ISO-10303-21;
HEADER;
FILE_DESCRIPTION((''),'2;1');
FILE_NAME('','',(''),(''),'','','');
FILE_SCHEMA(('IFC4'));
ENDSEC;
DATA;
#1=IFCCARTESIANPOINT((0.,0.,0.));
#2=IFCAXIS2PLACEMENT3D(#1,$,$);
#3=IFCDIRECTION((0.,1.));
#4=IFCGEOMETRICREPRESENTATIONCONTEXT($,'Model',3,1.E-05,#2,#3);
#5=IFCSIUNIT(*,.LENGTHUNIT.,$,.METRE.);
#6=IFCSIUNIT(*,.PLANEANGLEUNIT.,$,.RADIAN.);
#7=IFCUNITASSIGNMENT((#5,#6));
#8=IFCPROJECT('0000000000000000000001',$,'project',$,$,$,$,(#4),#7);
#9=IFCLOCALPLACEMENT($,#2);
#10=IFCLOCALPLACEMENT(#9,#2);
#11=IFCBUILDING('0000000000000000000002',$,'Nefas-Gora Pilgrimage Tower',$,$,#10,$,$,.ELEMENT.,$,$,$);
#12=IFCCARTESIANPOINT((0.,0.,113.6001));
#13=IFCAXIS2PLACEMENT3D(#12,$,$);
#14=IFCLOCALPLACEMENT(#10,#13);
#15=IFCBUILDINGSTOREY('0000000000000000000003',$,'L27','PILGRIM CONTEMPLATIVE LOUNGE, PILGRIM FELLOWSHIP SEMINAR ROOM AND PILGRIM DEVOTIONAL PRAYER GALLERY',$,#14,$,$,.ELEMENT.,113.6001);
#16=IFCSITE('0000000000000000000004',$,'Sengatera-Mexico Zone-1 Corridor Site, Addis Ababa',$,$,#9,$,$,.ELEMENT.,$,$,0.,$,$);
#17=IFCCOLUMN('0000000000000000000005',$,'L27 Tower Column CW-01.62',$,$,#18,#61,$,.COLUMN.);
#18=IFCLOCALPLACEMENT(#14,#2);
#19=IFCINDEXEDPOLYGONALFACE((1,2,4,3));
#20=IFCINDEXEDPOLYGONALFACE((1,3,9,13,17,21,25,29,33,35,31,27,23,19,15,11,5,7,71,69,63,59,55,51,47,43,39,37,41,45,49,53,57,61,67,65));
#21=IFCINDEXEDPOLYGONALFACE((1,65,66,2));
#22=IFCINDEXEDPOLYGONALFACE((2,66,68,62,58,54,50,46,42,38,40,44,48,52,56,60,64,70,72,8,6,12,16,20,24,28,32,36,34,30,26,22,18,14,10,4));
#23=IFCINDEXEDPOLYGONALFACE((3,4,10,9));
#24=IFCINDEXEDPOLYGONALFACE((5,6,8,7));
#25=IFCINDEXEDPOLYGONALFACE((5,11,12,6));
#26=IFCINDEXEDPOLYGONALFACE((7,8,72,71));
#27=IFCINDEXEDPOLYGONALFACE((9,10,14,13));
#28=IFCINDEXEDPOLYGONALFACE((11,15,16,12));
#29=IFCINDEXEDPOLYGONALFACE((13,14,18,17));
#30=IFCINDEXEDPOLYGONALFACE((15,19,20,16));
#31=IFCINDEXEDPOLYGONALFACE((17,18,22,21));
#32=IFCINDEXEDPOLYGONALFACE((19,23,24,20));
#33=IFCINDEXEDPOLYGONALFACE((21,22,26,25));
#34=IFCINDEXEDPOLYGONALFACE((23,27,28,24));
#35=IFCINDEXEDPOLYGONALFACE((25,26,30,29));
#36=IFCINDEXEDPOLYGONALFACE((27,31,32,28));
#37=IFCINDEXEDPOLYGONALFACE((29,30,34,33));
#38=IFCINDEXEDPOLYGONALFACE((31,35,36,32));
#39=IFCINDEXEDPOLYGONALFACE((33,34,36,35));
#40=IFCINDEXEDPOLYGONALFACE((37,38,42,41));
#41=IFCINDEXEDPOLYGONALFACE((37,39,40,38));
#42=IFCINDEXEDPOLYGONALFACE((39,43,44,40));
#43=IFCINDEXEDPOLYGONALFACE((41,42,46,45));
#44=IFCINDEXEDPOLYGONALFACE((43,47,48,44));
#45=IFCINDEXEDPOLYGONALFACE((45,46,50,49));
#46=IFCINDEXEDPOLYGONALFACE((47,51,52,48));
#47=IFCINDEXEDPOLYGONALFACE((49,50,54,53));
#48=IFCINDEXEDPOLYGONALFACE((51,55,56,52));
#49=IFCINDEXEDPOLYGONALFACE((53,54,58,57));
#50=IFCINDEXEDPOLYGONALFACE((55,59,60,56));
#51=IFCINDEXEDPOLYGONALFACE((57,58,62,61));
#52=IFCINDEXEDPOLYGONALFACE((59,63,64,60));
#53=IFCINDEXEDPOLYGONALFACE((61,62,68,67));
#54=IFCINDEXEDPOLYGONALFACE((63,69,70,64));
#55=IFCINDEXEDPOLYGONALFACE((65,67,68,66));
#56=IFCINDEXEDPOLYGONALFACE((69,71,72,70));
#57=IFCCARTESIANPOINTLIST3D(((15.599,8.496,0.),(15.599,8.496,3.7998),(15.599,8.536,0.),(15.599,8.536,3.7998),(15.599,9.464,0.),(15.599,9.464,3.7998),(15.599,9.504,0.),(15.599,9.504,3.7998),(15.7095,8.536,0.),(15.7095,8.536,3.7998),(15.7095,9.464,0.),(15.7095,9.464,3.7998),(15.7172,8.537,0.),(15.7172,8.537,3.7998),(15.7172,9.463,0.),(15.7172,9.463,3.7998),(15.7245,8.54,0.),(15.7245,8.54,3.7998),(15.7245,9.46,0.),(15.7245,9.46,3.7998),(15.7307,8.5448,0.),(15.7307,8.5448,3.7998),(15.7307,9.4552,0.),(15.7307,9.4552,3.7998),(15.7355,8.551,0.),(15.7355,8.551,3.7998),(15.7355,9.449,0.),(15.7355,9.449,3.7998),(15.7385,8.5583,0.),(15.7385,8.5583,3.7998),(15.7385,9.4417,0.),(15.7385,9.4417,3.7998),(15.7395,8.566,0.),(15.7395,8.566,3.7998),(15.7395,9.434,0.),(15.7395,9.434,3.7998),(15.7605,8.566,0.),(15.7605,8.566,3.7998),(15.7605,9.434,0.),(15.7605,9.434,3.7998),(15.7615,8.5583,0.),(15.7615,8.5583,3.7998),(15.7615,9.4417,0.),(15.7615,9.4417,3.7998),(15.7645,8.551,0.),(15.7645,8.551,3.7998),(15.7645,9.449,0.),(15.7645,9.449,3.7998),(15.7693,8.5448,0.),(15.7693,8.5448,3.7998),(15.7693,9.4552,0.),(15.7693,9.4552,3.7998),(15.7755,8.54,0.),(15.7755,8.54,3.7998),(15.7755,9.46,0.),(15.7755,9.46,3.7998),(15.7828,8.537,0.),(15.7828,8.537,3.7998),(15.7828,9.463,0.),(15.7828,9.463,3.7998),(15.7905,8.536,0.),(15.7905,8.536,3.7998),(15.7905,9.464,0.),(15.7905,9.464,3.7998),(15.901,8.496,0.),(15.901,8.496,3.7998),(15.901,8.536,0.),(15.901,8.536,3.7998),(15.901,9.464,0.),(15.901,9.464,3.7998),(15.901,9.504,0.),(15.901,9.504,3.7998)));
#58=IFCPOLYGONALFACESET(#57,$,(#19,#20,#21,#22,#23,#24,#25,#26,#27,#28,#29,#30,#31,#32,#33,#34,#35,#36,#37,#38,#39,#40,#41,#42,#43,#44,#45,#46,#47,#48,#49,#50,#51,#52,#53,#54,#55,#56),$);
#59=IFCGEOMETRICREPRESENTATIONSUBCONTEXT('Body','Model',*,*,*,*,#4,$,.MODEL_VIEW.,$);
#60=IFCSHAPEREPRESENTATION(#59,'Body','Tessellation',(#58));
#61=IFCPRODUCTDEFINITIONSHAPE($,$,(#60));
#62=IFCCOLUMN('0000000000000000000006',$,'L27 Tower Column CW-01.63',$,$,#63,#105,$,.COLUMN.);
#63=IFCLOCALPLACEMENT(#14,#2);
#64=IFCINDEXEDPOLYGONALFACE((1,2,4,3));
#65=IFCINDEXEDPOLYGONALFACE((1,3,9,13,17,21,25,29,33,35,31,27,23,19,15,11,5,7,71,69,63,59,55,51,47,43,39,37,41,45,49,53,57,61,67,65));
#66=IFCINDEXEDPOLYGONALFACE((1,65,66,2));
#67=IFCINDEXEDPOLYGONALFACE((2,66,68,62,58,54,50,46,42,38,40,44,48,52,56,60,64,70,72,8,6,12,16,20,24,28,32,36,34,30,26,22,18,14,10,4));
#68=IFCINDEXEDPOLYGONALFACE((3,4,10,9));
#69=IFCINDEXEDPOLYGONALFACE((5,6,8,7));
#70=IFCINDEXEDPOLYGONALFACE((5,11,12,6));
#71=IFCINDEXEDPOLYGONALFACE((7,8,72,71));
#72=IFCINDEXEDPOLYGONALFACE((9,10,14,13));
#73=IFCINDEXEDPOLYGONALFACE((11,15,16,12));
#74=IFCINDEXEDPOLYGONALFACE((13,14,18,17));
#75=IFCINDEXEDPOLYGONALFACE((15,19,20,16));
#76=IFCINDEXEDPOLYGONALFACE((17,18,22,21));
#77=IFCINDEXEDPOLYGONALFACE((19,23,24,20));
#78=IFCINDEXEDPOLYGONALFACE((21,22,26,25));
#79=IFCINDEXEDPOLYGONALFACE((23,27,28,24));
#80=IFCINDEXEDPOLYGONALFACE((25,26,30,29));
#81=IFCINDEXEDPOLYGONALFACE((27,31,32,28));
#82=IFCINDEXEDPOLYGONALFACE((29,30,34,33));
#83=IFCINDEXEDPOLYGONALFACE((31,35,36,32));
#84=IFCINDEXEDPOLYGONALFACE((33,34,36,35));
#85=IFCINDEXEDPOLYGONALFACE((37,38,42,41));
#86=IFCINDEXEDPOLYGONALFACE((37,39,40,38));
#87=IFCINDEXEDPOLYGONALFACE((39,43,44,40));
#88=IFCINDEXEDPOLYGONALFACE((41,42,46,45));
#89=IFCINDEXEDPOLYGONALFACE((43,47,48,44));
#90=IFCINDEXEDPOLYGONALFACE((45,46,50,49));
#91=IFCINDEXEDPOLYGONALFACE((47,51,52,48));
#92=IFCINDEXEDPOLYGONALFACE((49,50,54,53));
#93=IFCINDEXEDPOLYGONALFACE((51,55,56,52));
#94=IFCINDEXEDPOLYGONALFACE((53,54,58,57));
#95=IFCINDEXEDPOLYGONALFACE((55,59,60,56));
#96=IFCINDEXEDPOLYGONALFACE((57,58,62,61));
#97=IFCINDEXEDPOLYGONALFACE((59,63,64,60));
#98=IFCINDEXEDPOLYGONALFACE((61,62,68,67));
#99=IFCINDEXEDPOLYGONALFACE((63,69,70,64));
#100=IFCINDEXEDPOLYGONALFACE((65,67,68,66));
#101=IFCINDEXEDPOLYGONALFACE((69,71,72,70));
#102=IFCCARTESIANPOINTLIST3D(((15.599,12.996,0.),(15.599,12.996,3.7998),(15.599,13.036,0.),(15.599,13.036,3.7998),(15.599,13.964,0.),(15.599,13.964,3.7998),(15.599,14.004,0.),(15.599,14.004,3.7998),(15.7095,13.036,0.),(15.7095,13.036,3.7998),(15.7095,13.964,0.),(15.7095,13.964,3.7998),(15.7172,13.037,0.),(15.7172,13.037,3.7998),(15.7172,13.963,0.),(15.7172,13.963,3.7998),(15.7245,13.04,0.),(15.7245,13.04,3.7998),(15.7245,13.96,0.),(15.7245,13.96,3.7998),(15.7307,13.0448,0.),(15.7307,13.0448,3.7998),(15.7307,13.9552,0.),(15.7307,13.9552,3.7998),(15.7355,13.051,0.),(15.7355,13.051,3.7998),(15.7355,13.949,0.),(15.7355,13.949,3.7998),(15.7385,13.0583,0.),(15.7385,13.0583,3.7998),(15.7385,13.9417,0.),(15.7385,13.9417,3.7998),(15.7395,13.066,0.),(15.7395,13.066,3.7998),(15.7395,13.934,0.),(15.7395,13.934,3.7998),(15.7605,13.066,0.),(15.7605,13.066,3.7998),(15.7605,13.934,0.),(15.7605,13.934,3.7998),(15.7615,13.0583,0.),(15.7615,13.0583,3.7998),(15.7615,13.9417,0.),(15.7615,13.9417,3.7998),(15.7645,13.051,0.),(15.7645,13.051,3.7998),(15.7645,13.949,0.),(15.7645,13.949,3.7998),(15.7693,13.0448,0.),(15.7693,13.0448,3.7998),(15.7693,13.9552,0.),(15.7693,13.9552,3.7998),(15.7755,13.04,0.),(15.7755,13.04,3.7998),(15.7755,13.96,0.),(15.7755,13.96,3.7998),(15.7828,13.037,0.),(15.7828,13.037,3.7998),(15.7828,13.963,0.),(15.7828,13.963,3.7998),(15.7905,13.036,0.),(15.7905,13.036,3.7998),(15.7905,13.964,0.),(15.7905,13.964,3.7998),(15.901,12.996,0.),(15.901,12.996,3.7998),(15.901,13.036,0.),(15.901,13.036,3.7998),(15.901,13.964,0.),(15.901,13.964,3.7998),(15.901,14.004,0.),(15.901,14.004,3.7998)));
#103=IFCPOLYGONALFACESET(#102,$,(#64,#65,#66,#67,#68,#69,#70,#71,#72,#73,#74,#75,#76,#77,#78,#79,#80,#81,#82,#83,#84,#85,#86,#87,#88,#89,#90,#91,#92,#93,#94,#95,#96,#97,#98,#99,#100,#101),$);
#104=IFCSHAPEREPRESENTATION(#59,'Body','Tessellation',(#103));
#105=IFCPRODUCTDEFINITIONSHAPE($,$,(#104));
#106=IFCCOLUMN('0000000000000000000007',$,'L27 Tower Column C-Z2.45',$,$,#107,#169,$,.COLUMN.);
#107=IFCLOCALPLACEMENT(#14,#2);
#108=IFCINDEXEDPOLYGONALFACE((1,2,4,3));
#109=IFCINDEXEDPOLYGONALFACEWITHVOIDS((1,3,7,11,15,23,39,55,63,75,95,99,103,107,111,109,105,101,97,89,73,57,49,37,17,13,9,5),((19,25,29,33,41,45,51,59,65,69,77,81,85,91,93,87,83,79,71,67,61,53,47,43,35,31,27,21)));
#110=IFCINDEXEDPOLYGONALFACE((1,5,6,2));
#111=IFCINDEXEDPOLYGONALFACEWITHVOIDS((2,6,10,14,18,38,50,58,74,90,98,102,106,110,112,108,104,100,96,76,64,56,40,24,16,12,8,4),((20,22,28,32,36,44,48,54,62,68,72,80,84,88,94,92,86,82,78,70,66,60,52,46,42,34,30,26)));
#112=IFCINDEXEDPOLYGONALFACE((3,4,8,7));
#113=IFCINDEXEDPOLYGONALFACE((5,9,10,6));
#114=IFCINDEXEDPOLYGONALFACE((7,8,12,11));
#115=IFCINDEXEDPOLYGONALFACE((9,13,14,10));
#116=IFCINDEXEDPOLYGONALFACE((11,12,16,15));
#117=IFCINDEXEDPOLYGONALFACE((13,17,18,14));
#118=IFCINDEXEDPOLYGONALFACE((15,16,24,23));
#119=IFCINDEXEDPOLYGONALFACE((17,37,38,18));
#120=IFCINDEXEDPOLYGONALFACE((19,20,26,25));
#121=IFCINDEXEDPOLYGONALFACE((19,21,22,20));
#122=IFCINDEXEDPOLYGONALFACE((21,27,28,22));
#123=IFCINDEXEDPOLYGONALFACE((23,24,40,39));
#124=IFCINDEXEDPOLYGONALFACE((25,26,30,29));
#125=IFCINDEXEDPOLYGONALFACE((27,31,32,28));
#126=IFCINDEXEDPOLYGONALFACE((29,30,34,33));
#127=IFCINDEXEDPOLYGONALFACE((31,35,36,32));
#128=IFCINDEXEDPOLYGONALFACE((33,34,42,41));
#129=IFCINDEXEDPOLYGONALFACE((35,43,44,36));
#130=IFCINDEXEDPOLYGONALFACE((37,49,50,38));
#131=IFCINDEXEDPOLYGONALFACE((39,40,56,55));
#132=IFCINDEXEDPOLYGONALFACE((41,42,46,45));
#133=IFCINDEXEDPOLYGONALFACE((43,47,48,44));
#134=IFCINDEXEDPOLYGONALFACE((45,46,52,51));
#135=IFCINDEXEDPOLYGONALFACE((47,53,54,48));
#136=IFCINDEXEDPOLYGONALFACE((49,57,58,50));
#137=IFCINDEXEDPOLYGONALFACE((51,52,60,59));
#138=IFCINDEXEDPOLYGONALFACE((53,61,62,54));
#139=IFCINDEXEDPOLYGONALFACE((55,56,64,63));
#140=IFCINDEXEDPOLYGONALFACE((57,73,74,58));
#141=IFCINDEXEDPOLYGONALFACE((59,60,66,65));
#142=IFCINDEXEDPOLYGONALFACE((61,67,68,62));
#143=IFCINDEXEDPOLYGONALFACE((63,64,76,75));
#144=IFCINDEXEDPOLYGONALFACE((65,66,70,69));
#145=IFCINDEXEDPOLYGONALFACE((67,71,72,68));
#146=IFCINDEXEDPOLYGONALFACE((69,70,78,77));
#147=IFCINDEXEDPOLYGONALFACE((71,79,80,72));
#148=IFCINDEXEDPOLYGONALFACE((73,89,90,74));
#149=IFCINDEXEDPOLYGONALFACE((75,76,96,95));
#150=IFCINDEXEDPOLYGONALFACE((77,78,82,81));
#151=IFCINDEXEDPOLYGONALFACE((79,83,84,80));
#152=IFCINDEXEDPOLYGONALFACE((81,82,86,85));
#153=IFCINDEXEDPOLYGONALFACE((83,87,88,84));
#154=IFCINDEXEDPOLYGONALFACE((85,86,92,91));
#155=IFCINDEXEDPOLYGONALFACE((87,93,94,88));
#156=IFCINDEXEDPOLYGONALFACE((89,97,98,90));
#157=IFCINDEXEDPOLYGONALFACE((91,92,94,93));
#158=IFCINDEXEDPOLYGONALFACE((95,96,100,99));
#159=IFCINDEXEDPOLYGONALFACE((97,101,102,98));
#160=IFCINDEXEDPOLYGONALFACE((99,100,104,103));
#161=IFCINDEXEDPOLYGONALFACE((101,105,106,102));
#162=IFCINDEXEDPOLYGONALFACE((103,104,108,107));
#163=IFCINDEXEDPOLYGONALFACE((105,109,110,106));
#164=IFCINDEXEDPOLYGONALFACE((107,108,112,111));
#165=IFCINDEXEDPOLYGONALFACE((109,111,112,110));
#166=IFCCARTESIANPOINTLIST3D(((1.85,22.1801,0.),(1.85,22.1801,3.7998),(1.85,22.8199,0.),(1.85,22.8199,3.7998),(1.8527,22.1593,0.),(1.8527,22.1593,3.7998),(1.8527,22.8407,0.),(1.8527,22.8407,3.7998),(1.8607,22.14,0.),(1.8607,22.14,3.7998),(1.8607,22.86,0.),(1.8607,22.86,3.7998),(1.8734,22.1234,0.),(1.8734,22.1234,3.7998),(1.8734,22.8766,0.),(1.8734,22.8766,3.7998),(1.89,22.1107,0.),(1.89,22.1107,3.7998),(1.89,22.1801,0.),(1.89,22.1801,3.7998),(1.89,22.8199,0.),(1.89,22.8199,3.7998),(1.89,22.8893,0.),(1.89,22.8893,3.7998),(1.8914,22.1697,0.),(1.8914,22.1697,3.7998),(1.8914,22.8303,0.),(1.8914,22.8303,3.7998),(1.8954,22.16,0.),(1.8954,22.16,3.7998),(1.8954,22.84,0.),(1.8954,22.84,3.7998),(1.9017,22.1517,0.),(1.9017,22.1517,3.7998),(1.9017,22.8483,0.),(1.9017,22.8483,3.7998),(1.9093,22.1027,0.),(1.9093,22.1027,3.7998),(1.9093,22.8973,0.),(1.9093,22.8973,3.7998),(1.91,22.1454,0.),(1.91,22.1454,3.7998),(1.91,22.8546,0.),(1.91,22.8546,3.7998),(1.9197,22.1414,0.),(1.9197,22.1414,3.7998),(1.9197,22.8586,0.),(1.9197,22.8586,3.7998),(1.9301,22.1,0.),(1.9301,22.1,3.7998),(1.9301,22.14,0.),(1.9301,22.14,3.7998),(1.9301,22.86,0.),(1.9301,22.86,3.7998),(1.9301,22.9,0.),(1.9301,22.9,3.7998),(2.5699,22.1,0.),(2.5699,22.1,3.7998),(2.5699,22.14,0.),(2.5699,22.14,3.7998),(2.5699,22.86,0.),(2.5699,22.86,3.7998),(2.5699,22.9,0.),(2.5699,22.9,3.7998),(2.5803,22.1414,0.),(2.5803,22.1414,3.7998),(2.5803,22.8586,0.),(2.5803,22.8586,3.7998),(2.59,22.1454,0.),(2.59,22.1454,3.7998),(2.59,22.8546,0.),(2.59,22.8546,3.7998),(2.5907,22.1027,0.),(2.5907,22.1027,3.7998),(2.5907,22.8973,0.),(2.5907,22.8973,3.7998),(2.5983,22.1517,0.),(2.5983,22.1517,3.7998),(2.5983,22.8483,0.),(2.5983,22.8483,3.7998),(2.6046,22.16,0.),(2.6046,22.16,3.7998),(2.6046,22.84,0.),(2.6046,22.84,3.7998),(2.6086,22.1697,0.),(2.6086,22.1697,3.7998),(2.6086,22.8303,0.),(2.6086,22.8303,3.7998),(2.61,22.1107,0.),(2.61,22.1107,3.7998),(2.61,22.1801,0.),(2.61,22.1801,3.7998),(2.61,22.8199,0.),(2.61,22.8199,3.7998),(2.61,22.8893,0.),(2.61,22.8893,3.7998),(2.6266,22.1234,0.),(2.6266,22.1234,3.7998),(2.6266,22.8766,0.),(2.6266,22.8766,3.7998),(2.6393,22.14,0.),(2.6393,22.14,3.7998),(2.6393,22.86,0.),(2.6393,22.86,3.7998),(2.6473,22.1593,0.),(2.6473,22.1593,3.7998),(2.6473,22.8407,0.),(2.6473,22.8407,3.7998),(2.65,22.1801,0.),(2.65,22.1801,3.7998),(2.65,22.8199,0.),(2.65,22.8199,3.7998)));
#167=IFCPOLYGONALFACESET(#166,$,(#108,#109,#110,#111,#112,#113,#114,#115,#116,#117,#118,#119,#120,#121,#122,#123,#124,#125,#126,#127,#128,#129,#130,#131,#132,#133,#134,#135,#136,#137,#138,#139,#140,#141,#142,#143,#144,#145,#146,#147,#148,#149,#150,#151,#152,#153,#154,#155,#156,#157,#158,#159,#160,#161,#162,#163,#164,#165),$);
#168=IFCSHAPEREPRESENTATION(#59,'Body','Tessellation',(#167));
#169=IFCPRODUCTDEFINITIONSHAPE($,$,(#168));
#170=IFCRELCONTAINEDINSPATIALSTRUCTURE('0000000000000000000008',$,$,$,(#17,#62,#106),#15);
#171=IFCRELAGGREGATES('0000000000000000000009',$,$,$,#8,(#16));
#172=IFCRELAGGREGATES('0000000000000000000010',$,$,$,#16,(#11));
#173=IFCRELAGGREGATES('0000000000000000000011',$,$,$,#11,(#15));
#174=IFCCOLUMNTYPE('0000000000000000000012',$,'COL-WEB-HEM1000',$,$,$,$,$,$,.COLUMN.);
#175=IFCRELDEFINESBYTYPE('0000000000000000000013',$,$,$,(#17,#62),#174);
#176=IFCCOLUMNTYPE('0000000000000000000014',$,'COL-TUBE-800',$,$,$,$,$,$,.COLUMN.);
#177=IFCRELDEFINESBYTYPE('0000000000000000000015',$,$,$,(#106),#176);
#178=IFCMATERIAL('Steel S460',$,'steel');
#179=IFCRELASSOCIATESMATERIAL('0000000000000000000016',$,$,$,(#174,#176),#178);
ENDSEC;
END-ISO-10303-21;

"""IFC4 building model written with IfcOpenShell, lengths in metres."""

from ifc_helpers import new_model, si_unit, direction, frame, origin, origin_2d, place, context, subcontext, project, spatial, hollow_rectangle, i_section, extrude, source, transform, mapped, material, material_profile, profile_set, type_object, element, save


model = new_model("IFC4")

# Units and contexts
model_context = context("Model", 3, precision=1e-05, world=origin(), true_north=direction((0.0, 1.0)))
body_context = subcontext(model_context, "Body", "Model", "MODEL_VIEW")
ifc_project = project(units=[si_unit("LENGTHUNIT", "METRE"), si_unit("PLANEANGLEUNIT", "RADIAN")], contexts=[model_context])

# Site, building, storey
site_placement = place(None, origin())
site = spatial("IfcSite", under=ifc_project, at=site_placement, Name="Sengatera-Mexico Zone-1 Corridor Site, Addis Ababa", CompositionType="ELEMENT", RefElevation=0.0)
building_placement = place(site_placement, origin())
building = spatial("IfcBuilding", under=site, at=building_placement, Name="Nefas-Gora Pilgrimage Tower", CompositionType="ELEMENT")
storey_placement = place(building_placement, frame((0.0, 0.0, 113.6001)))
storey = spatial("IfcBuildingStorey", under=building, at=storey_placement, Name="L27", Description="PILGRIM CONTEMPLATIVE LOUNGE, PILGRIM FELLOWSHIP SEMINAR ROOM AND PILGRIM DEVOTIONAL PRAYER GALLERY", CompositionType="ELEMENT", Elevation=113.6001)

# Columns
ifc_material_1 = material(Name="Steel S460", Category="steel")
ifc_material_profile_1 = material_profile(ifc_material_1, i_section(OverallWidth=0.302, OverallDepth=1.0081, WebThickness=0.021, FlangeThickness=0.04, FilletRadius=0.03, at=origin_2d()), Name="HEM 1000")
ifc_profile_set_1 = profile_set([ifc_material_profile_1], Name="Steel S460")
column_type_1 = type_object("IfcColumnType", Name="COL-WEB-HEM1000", PredefinedType="COLUMN", material=ifc_profile_set_1)
shared_shape_1 = source(origin(), body_context, "Body", "SweptSolid", [
    extrude(i_section(OverallWidth=0.302, OverallDepth=1.0081, WebThickness=0.021, FlangeThickness=0.04, FilletRadius=0.03, at=origin_2d()), origin(), (0.0, 0.0, 1.0), 3.7998),
])
for number, where, z_axis, x_axis, name in (
    (1, (15.75, 9.0, 0.0), (0.0, 0.0, 1.0), (1.0, 0.0, 0.0), "L27 Tower Column CW-01.62"),
    (2, (15.75, 13.5, 0.0), (0.0, 0.0, 1.0), (1.0, 0.0, 0.0), "L27 Tower Column CW-01.63"),
):
    element("IfcColumn", number, at=place(storey_placement, frame(where, z_axis=z_axis, x_axis=x_axis)), inside=storey, type_object=column_type_1, Name=name, PredefinedType="COLUMN", context=body_context, shape_type="MappedRepresentation", body=[
        mapped(shared_shape_1, transform((0.0, 0.0, 0.0), x_axis=(1.0, 0.0, 0.0), y_axis=(0.0, 1.0, 0.0), z_axis=(0.0, 0.0, 1.0), scale=1.0)),
    ])
ifc_material_profile_2 = material_profile(ifc_material_1, hollow_rectangle(XDim=0.8, YDim=0.8, WallThickness=0.04, InnerFilletRadius=0.04, OuterFilletRadius=0.0801, at=origin_2d()), Name="BOX 800x800x40")
ifc_profile_set_2 = profile_set([ifc_material_profile_2], Name="Steel S460")
column_type_2 = type_object("IfcColumnType", Name="COL-TUBE-800", PredefinedType="COLUMN", material=ifc_profile_set_2)
shared_shape_2 = source(origin(), body_context, "Body", "SweptSolid", [
    extrude(hollow_rectangle(XDim=0.8, YDim=0.8, WallThickness=0.04, InnerFilletRadius=0.04, OuterFilletRadius=0.0801, at=origin_2d()), origin(), (0.0, 0.0, 1.0), 3.7998),
])
for number, where, z_axis, x_axis, name in (
    (3, (2.25, 22.5, 0.0), (0.0, 0.0, 1.0), (1.0, 0.0, 0.0), "L27 Tower Column C-Z2.45"),
):
    element("IfcColumn", number, at=place(storey_placement, frame(where, z_axis=z_axis, x_axis=x_axis)), inside=storey, type_object=column_type_2, Name=name, PredefinedType="COLUMN", context=body_context, shape_type="MappedRepresentation", body=[
        mapped(shared_shape_2, transform((0.0, 0.0, 0.0), x_axis=(1.0, 0.0, 0.0), y_axis=(0.0, 1.0, 0.0), z_axis=(0.0, 0.0, 1.0), scale=1.0)),
    ])

save(model, "model.ifc")
